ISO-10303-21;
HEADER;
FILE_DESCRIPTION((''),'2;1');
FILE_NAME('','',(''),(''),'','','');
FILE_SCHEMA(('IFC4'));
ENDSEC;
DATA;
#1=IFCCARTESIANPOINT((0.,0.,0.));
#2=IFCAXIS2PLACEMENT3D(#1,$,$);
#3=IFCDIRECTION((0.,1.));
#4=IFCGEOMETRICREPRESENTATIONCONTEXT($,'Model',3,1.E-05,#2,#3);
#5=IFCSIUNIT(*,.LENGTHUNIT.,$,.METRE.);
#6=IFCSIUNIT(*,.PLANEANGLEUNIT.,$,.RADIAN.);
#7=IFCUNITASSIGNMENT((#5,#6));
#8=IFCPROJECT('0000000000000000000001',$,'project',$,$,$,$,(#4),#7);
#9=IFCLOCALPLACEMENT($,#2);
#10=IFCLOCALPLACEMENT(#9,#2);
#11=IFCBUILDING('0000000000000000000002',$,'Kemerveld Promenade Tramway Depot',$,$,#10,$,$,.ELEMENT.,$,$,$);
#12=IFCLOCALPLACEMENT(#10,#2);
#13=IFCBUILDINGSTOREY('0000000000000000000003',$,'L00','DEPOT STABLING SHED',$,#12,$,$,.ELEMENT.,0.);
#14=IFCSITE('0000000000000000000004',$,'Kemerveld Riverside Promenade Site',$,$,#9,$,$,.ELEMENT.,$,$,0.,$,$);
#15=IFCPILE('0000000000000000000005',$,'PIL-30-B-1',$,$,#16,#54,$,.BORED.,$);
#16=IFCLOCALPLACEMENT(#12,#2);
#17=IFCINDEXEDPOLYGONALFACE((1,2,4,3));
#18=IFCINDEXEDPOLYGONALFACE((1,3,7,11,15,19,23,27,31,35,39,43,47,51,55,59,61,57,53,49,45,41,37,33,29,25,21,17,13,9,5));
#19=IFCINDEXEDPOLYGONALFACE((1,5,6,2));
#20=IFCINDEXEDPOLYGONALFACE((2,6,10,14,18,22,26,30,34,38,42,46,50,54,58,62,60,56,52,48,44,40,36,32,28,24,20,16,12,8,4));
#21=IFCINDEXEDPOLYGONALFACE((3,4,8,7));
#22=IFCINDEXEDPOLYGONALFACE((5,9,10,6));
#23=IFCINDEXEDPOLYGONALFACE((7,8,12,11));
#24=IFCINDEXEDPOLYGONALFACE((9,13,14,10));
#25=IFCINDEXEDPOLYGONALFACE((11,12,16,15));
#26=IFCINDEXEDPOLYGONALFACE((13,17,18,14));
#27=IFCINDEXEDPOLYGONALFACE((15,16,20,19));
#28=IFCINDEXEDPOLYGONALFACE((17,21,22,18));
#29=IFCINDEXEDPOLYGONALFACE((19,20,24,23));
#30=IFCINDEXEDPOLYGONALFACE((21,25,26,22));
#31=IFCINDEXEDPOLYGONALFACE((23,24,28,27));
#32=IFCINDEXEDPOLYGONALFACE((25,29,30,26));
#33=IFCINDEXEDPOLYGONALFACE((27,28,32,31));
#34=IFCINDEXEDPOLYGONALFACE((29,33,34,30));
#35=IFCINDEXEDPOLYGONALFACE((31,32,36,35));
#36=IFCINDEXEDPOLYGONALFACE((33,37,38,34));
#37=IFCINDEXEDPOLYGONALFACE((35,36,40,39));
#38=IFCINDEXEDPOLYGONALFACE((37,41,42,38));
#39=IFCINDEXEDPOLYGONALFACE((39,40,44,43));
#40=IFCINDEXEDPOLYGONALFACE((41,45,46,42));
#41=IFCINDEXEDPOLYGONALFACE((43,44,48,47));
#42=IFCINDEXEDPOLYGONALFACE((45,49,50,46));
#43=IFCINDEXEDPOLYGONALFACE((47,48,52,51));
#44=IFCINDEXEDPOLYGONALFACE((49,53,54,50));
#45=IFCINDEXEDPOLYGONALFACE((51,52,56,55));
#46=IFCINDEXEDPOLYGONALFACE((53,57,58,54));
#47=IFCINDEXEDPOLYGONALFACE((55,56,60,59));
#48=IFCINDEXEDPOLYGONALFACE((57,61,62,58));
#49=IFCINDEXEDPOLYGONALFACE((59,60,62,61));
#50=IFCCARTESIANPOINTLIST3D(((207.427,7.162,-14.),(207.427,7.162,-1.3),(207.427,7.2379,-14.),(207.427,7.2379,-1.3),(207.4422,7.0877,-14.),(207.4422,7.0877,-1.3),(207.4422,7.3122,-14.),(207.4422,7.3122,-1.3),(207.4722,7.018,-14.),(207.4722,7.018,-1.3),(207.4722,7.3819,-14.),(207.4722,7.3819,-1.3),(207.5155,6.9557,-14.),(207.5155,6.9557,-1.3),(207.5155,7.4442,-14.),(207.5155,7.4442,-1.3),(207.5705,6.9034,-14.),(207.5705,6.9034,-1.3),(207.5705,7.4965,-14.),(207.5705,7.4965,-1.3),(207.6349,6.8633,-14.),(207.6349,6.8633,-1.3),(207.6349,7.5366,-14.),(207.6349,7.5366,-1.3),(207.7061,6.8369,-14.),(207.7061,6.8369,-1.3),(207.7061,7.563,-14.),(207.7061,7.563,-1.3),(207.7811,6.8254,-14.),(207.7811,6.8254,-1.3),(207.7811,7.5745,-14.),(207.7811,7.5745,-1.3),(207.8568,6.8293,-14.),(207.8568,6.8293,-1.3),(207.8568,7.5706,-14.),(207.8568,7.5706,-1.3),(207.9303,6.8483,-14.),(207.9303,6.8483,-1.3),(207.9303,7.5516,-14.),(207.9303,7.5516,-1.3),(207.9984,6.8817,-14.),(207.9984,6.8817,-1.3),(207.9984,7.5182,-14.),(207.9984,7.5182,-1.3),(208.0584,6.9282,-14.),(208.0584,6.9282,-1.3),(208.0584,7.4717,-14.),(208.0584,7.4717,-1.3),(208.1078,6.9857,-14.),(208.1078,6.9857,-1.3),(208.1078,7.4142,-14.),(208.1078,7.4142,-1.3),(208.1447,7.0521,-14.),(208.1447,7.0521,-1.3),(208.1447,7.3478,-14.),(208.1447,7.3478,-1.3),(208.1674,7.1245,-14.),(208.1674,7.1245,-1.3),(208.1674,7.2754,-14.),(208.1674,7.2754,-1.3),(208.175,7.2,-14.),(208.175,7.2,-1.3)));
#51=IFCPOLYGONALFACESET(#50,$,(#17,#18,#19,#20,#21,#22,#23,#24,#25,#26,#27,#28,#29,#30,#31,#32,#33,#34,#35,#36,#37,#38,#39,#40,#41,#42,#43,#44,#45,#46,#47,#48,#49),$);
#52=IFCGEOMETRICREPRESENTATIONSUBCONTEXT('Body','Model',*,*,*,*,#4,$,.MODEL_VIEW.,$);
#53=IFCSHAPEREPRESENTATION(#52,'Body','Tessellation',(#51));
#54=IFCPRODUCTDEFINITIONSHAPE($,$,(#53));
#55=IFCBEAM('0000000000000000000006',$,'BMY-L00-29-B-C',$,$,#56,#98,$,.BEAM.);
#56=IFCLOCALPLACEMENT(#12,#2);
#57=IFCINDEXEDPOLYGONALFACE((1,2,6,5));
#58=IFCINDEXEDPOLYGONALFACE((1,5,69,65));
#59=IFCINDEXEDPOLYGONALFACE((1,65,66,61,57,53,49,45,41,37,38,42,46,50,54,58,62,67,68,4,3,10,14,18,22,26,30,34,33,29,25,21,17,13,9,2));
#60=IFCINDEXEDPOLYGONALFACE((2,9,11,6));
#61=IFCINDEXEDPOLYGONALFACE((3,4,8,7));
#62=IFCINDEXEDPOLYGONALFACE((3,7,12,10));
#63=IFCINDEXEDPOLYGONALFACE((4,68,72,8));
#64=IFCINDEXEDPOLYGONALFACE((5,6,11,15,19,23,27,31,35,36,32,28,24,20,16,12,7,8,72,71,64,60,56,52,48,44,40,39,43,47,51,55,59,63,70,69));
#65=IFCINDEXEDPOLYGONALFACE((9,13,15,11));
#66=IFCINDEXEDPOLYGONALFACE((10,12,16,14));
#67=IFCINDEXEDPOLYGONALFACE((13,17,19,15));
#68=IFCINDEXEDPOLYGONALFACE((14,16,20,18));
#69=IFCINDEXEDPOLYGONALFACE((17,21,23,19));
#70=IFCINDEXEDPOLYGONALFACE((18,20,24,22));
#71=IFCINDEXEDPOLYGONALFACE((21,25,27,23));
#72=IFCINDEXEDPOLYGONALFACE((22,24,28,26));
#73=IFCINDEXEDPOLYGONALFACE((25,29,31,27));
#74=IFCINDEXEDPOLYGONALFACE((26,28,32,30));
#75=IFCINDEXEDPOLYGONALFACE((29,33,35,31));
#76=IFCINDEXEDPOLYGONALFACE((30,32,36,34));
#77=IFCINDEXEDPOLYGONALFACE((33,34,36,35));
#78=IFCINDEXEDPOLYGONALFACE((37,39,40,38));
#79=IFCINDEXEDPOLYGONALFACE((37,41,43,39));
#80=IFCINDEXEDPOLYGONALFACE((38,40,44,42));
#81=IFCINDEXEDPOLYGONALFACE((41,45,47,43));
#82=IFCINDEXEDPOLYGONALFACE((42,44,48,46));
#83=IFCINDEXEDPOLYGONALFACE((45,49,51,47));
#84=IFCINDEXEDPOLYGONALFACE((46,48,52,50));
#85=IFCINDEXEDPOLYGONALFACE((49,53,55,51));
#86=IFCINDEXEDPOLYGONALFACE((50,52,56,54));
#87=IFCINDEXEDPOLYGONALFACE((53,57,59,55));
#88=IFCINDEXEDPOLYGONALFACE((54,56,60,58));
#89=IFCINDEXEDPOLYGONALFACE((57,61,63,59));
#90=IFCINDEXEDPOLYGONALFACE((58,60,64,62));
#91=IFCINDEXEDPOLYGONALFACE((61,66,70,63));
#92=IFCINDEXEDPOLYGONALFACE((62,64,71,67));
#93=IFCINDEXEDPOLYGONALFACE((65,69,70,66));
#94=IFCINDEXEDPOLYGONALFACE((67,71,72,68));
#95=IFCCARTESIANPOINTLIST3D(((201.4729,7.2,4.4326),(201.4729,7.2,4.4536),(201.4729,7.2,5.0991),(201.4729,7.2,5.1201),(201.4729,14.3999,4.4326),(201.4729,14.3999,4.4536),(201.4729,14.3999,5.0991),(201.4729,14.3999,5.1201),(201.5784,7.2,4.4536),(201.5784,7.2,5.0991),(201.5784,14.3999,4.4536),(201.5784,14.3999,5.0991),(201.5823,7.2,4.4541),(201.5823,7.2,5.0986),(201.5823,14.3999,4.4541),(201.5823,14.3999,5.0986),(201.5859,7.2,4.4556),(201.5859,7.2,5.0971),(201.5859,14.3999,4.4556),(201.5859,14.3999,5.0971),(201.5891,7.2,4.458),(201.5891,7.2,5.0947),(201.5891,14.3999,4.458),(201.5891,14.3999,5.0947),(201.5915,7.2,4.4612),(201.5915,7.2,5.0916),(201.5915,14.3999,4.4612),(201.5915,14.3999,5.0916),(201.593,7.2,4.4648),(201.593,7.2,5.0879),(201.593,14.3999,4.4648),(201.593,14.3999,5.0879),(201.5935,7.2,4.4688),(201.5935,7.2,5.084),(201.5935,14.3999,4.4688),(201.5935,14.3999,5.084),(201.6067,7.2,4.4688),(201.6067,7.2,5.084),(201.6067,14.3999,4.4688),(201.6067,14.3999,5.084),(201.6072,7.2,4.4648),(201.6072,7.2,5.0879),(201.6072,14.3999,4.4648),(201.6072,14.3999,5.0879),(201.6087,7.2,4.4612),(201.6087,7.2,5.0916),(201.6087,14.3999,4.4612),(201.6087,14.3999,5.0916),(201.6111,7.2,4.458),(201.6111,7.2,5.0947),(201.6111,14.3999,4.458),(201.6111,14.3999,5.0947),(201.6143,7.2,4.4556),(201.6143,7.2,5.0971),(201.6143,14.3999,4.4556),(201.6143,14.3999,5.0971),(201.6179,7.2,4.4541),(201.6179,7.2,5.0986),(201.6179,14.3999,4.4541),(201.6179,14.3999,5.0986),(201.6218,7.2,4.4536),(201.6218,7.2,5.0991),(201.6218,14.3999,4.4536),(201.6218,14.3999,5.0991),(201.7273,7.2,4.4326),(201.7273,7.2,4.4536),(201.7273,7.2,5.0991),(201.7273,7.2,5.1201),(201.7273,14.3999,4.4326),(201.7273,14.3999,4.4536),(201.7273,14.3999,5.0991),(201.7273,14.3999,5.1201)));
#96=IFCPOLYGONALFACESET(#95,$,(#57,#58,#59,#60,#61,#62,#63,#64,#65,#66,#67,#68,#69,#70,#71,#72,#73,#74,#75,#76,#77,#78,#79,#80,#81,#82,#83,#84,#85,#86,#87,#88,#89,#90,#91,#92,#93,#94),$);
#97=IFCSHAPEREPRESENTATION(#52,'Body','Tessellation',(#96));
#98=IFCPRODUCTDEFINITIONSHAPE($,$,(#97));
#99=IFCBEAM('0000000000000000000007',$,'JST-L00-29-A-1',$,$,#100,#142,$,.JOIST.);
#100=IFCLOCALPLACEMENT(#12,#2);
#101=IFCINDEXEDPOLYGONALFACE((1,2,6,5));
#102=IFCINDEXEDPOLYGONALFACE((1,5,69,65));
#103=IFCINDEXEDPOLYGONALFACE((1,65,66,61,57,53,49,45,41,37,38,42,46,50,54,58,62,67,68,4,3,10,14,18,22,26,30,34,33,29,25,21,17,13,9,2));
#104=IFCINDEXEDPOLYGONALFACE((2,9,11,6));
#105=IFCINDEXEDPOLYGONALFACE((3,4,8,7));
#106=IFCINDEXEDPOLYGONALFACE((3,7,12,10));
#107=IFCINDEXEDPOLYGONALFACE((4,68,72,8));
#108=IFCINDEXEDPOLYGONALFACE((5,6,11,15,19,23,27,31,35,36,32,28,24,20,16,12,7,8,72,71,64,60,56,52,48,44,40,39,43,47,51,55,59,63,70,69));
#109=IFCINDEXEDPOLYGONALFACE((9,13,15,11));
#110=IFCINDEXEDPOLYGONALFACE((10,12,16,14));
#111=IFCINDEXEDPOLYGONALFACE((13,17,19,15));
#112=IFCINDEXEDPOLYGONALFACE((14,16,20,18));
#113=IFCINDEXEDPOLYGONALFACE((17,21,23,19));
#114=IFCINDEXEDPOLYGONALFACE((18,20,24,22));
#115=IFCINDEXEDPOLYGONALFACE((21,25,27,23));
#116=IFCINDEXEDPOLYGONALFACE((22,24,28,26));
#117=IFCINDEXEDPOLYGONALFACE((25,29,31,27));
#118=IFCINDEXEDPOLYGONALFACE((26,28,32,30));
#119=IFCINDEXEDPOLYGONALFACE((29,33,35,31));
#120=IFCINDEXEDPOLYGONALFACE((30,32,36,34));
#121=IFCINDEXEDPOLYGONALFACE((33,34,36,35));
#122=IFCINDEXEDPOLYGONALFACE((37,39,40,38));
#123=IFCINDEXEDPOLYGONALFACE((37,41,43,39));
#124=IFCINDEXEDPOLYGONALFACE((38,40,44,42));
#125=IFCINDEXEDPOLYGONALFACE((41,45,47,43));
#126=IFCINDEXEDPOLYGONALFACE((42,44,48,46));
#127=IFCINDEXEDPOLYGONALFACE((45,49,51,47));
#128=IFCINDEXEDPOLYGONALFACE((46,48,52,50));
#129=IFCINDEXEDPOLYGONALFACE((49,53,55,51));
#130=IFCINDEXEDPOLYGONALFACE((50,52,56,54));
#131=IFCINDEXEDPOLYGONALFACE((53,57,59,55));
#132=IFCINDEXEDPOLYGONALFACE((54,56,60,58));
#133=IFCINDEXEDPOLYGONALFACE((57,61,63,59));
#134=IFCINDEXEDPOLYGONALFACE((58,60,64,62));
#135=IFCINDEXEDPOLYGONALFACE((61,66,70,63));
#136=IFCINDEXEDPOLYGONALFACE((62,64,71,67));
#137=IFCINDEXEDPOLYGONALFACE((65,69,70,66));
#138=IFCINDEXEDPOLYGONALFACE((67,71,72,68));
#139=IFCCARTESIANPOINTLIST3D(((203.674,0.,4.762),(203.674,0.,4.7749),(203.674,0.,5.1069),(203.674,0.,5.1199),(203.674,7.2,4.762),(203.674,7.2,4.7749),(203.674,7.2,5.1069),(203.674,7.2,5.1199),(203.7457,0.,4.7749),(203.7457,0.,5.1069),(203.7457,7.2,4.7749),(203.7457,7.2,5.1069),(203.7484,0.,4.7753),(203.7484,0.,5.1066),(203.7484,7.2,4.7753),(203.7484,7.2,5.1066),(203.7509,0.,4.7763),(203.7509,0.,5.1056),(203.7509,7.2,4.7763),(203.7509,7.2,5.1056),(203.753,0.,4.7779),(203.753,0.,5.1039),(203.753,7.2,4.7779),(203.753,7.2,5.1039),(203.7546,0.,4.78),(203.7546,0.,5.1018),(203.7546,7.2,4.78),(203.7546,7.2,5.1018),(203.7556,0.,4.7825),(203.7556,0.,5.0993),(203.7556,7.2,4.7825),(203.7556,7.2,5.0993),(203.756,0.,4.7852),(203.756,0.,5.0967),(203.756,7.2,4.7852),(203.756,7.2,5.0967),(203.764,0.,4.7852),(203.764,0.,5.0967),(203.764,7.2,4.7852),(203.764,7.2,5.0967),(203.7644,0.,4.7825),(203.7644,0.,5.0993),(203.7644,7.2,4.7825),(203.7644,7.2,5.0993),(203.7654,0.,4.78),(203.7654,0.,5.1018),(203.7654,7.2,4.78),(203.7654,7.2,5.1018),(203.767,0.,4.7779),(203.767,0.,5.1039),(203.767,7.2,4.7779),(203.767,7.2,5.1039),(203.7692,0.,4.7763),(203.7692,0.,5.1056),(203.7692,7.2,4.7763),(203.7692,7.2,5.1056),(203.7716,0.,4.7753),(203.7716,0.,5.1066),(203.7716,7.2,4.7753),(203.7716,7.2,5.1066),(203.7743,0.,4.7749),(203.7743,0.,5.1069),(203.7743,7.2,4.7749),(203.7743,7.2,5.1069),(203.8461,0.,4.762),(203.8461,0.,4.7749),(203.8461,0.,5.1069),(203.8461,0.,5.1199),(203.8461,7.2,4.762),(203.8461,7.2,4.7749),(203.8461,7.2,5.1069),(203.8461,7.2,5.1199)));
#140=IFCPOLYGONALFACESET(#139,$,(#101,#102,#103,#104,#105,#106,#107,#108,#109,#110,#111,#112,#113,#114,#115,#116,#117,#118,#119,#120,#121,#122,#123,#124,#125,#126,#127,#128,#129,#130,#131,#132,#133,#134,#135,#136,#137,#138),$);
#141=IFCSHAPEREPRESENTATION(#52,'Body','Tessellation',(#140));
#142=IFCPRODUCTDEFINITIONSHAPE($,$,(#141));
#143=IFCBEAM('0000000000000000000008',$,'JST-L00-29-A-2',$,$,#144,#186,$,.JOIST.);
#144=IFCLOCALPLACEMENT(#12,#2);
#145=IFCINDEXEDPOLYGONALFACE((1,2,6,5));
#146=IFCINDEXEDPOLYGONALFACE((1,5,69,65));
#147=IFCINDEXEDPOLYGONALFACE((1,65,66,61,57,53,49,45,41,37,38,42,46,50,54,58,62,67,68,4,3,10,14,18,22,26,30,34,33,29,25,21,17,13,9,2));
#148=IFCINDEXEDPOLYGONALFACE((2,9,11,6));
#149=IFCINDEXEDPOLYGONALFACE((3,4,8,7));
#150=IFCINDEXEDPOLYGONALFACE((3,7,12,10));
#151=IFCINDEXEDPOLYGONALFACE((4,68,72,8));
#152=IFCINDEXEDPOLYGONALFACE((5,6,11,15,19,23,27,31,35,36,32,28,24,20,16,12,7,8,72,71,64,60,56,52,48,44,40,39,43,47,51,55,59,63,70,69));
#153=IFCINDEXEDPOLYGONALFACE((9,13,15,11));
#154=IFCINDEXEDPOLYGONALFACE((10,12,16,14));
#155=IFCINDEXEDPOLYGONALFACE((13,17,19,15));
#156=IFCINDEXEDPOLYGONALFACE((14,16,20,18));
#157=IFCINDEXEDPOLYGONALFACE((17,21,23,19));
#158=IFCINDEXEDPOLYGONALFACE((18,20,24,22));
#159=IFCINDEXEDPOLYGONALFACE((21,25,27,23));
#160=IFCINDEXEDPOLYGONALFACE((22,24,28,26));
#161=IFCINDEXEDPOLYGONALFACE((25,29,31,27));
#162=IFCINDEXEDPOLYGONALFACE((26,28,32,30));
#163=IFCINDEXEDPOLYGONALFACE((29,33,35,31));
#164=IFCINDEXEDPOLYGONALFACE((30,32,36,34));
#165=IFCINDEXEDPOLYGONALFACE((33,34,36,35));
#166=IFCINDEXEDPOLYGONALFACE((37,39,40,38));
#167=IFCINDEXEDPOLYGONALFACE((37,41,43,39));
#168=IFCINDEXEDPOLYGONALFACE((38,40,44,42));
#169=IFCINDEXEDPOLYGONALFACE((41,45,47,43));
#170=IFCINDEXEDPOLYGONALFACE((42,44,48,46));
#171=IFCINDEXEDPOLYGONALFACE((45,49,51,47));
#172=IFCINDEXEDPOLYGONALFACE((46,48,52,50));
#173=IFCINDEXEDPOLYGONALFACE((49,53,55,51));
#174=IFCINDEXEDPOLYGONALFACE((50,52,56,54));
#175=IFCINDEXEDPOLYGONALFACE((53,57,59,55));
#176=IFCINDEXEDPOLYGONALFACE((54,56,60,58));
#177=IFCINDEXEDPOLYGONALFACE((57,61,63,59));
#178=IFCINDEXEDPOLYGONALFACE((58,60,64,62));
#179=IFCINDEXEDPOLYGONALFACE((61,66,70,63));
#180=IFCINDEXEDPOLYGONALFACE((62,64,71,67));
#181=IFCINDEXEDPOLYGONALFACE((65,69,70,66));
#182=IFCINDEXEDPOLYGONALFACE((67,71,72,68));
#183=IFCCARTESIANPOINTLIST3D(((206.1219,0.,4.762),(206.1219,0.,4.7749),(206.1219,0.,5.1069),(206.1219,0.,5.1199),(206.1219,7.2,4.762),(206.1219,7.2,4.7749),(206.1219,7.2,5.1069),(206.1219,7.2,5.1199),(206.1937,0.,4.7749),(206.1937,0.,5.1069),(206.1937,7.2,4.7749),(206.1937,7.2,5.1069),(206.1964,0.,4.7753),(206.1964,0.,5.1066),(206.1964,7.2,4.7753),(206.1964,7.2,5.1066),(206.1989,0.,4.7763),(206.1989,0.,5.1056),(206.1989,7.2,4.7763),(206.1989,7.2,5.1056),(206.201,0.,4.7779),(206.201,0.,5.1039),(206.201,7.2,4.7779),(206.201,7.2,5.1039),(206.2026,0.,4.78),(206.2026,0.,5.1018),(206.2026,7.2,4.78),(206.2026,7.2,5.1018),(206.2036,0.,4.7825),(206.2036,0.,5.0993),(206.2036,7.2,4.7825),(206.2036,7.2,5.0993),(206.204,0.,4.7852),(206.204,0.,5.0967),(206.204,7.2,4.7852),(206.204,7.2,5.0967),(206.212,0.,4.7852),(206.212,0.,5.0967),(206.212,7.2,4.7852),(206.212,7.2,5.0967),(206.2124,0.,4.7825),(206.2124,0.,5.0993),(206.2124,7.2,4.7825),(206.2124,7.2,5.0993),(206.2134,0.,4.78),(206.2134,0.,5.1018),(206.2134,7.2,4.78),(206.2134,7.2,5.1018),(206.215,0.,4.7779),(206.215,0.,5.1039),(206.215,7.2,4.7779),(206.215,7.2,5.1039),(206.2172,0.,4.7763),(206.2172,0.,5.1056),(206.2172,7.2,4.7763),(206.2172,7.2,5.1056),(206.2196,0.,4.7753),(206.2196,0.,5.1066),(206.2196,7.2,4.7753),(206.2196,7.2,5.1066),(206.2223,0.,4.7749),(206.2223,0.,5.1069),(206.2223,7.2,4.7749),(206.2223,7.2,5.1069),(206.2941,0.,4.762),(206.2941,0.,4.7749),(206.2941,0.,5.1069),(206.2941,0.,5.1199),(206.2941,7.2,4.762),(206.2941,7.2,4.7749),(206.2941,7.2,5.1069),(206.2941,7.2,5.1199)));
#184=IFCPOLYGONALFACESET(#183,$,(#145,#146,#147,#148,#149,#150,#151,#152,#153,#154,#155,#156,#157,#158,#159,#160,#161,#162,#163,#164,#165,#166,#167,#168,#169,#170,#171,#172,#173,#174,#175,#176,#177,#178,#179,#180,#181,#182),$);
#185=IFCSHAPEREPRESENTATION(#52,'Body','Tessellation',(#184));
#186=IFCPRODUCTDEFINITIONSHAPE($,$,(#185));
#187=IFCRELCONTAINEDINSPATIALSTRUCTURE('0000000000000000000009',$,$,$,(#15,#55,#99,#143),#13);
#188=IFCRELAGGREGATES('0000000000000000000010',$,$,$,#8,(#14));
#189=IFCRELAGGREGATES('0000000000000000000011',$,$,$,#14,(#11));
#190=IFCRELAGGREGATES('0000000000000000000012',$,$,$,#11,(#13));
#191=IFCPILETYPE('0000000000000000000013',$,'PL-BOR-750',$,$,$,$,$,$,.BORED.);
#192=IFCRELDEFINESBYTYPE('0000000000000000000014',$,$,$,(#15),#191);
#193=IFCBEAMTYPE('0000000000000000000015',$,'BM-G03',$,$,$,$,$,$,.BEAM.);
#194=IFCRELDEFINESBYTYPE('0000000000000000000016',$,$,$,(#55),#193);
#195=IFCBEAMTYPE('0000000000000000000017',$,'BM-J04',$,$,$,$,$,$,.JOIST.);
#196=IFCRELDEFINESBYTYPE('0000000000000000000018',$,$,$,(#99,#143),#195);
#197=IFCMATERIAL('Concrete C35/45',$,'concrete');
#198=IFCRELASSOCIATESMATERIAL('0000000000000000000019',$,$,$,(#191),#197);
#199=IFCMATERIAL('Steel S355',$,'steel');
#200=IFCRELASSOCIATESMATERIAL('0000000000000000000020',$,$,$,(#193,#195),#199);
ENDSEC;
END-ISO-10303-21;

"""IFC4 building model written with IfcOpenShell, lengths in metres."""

from ifc_helpers import new_model, si_unit, direction, frame, origin, origin_2d, place, context, subcontext, project, spatial, circle, i_section, extrude, material, material_profile, profile_set, type_object, element, save


model = new_model("IFC4")

# Units and contexts
model_context = context("Model", 3, precision=1e-05, world=origin(), true_north=direction((0.0, 1.0)))
body_context = subcontext(model_context, "Body", "Model", "MODEL_VIEW")
ifc_project = project(units=[si_unit("LENGTHUNIT", "METRE"), si_unit("PLANEANGLEUNIT", "RADIAN")], contexts=[model_context])

# Site, building, storey
site_placement = place(None, origin())
site = spatial("IfcSite", under=ifc_project, at=site_placement, Name="Kemerveld Riverside Promenade Site", CompositionType="ELEMENT", RefElevation=0.0)
building_placement = place(site_placement, origin())
building = spatial("IfcBuilding", under=site, at=building_placement, Name="Kemerveld Promenade Tramway Depot", CompositionType="ELEMENT")
storey_placement = place(building_placement, origin())
storey = spatial("IfcBuildingStorey", under=building, at=storey_placement, Name="L00", Description="DEPOT STABLING SHED", CompositionType="ELEMENT", Elevation=0.0)

# Shared definitions
ifc_material_1 = material(Name="Concrete C35/45", Category="concrete")

# Pile
ifc_material_profile_1 = material_profile(ifc_material_1, circle(Radius=0.375, at=origin_2d()), Name="PILE-D750")
ifc_profile_set_1 = profile_set([ifc_material_profile_1], Name="Concrete C35/45")
pile_type_1 = type_object("IfcPileType", Name="PL-BOR-750", PredefinedType="BORED", material=ifc_profile_set_1)
for number, where, z_axis, x_axis, name in (
    (1, (207.8, 7.2, -1.3), (0.0, 0.0, -1.0), (1.0, 0.0, 0.0), "PIL-30-B-1"),
):
    element("IfcPile", number, at=place(storey_placement, frame(where, z_axis=z_axis, x_axis=x_axis)), inside=storey, type_object=pile_type_1, Name=name, PredefinedType="BORED", context=body_context, shape_type="SweptSolid", body=[
        extrude(circle(Radius=0.375, at=origin_2d()), origin(), (0.0, 0.0, 1.0), 12.7),
    ])

# Beams
ifc_material_2 = material(Name="Steel S355", Category="steel")
ifc_material_profile_2 = material_profile(ifc_material_2, i_section(OverallWidth=0.2544, OverallDepth=0.6875, WebThickness=0.0132, FlangeThickness=0.021, FilletRadius=0.0151, at=origin_2d()), Name="686x254x152 UB")
ifc_profile_set_2 = profile_set([ifc_material_profile_2], Name="Steel S355")
beam_type_1 = type_object("IfcBeamType", Name="BM-G03", PredefinedType="BEAM", material=ifc_profile_set_2)
beam_placement = place(storey_placement, frame((201.6001, 7.2, 4.7764), z_axis=(0.0, 1.0, 0.0), x_axis=(-1.0, 0.0, 0.0)))
element("IfcBeam", 2, at=beam_placement, inside=storey, type_object=beam_type_1, Name="BMY-L00-29-B-C", PredefinedType="BEAM", context=body_context, shape_type="SweptSolid", body=[
    extrude(i_section(OverallWidth=0.2544, OverallDepth=0.6875, WebThickness=0.0132, FlangeThickness=0.021, FilletRadius=0.0151, at=origin_2d()), origin(), (0.0, 0.0, 1.0), 7.2),
])
ifc_material_profile_3 = material_profile(ifc_material_2, i_section(OverallWidth=0.1721, OverallDepth=0.3579, WebThickness=0.0081, FlangeThickness=0.0129, FilletRadius=0.0103, at=origin_2d()), Name="356x171x57 UB")
ifc_profile_set_3 = profile_set([ifc_material_profile_3], Name="Steel S355")
beam_type_2 = type_object("IfcBeamType", Name="BM-J04", PredefinedType="JOIST", material=ifc_profile_set_3)
for number, where, z_axis, x_axis, name in (
    (3, (203.76, 0.0, 4.9409), (0.0, 1.0, 0.0), (-1.0, 0.0, 0.0), "JST-L00-29-A-1"),
    (4, (206.208, 0.0, 4.9409), (0.0, 1.0, 0.0), (-1.0, 0.0, 0.0), "JST-L00-29-A-2"),
):
    element("IfcBeam", number, at=place(storey_placement, frame(where, z_axis=z_axis, x_axis=x_axis)), inside=storey, type_object=beam_type_2, Name=name, PredefinedType="JOIST", context=body_context, shape_type="SweptSolid", body=[
        extrude(i_section(OverallWidth=0.1721, OverallDepth=0.3579, WebThickness=0.0081, FlangeThickness=0.0129, FilletRadius=0.0103, at=origin_2d()), origin(), (0.0, 0.0, 1.0), 7.2),
    ])

save(model, "model.ifc")
